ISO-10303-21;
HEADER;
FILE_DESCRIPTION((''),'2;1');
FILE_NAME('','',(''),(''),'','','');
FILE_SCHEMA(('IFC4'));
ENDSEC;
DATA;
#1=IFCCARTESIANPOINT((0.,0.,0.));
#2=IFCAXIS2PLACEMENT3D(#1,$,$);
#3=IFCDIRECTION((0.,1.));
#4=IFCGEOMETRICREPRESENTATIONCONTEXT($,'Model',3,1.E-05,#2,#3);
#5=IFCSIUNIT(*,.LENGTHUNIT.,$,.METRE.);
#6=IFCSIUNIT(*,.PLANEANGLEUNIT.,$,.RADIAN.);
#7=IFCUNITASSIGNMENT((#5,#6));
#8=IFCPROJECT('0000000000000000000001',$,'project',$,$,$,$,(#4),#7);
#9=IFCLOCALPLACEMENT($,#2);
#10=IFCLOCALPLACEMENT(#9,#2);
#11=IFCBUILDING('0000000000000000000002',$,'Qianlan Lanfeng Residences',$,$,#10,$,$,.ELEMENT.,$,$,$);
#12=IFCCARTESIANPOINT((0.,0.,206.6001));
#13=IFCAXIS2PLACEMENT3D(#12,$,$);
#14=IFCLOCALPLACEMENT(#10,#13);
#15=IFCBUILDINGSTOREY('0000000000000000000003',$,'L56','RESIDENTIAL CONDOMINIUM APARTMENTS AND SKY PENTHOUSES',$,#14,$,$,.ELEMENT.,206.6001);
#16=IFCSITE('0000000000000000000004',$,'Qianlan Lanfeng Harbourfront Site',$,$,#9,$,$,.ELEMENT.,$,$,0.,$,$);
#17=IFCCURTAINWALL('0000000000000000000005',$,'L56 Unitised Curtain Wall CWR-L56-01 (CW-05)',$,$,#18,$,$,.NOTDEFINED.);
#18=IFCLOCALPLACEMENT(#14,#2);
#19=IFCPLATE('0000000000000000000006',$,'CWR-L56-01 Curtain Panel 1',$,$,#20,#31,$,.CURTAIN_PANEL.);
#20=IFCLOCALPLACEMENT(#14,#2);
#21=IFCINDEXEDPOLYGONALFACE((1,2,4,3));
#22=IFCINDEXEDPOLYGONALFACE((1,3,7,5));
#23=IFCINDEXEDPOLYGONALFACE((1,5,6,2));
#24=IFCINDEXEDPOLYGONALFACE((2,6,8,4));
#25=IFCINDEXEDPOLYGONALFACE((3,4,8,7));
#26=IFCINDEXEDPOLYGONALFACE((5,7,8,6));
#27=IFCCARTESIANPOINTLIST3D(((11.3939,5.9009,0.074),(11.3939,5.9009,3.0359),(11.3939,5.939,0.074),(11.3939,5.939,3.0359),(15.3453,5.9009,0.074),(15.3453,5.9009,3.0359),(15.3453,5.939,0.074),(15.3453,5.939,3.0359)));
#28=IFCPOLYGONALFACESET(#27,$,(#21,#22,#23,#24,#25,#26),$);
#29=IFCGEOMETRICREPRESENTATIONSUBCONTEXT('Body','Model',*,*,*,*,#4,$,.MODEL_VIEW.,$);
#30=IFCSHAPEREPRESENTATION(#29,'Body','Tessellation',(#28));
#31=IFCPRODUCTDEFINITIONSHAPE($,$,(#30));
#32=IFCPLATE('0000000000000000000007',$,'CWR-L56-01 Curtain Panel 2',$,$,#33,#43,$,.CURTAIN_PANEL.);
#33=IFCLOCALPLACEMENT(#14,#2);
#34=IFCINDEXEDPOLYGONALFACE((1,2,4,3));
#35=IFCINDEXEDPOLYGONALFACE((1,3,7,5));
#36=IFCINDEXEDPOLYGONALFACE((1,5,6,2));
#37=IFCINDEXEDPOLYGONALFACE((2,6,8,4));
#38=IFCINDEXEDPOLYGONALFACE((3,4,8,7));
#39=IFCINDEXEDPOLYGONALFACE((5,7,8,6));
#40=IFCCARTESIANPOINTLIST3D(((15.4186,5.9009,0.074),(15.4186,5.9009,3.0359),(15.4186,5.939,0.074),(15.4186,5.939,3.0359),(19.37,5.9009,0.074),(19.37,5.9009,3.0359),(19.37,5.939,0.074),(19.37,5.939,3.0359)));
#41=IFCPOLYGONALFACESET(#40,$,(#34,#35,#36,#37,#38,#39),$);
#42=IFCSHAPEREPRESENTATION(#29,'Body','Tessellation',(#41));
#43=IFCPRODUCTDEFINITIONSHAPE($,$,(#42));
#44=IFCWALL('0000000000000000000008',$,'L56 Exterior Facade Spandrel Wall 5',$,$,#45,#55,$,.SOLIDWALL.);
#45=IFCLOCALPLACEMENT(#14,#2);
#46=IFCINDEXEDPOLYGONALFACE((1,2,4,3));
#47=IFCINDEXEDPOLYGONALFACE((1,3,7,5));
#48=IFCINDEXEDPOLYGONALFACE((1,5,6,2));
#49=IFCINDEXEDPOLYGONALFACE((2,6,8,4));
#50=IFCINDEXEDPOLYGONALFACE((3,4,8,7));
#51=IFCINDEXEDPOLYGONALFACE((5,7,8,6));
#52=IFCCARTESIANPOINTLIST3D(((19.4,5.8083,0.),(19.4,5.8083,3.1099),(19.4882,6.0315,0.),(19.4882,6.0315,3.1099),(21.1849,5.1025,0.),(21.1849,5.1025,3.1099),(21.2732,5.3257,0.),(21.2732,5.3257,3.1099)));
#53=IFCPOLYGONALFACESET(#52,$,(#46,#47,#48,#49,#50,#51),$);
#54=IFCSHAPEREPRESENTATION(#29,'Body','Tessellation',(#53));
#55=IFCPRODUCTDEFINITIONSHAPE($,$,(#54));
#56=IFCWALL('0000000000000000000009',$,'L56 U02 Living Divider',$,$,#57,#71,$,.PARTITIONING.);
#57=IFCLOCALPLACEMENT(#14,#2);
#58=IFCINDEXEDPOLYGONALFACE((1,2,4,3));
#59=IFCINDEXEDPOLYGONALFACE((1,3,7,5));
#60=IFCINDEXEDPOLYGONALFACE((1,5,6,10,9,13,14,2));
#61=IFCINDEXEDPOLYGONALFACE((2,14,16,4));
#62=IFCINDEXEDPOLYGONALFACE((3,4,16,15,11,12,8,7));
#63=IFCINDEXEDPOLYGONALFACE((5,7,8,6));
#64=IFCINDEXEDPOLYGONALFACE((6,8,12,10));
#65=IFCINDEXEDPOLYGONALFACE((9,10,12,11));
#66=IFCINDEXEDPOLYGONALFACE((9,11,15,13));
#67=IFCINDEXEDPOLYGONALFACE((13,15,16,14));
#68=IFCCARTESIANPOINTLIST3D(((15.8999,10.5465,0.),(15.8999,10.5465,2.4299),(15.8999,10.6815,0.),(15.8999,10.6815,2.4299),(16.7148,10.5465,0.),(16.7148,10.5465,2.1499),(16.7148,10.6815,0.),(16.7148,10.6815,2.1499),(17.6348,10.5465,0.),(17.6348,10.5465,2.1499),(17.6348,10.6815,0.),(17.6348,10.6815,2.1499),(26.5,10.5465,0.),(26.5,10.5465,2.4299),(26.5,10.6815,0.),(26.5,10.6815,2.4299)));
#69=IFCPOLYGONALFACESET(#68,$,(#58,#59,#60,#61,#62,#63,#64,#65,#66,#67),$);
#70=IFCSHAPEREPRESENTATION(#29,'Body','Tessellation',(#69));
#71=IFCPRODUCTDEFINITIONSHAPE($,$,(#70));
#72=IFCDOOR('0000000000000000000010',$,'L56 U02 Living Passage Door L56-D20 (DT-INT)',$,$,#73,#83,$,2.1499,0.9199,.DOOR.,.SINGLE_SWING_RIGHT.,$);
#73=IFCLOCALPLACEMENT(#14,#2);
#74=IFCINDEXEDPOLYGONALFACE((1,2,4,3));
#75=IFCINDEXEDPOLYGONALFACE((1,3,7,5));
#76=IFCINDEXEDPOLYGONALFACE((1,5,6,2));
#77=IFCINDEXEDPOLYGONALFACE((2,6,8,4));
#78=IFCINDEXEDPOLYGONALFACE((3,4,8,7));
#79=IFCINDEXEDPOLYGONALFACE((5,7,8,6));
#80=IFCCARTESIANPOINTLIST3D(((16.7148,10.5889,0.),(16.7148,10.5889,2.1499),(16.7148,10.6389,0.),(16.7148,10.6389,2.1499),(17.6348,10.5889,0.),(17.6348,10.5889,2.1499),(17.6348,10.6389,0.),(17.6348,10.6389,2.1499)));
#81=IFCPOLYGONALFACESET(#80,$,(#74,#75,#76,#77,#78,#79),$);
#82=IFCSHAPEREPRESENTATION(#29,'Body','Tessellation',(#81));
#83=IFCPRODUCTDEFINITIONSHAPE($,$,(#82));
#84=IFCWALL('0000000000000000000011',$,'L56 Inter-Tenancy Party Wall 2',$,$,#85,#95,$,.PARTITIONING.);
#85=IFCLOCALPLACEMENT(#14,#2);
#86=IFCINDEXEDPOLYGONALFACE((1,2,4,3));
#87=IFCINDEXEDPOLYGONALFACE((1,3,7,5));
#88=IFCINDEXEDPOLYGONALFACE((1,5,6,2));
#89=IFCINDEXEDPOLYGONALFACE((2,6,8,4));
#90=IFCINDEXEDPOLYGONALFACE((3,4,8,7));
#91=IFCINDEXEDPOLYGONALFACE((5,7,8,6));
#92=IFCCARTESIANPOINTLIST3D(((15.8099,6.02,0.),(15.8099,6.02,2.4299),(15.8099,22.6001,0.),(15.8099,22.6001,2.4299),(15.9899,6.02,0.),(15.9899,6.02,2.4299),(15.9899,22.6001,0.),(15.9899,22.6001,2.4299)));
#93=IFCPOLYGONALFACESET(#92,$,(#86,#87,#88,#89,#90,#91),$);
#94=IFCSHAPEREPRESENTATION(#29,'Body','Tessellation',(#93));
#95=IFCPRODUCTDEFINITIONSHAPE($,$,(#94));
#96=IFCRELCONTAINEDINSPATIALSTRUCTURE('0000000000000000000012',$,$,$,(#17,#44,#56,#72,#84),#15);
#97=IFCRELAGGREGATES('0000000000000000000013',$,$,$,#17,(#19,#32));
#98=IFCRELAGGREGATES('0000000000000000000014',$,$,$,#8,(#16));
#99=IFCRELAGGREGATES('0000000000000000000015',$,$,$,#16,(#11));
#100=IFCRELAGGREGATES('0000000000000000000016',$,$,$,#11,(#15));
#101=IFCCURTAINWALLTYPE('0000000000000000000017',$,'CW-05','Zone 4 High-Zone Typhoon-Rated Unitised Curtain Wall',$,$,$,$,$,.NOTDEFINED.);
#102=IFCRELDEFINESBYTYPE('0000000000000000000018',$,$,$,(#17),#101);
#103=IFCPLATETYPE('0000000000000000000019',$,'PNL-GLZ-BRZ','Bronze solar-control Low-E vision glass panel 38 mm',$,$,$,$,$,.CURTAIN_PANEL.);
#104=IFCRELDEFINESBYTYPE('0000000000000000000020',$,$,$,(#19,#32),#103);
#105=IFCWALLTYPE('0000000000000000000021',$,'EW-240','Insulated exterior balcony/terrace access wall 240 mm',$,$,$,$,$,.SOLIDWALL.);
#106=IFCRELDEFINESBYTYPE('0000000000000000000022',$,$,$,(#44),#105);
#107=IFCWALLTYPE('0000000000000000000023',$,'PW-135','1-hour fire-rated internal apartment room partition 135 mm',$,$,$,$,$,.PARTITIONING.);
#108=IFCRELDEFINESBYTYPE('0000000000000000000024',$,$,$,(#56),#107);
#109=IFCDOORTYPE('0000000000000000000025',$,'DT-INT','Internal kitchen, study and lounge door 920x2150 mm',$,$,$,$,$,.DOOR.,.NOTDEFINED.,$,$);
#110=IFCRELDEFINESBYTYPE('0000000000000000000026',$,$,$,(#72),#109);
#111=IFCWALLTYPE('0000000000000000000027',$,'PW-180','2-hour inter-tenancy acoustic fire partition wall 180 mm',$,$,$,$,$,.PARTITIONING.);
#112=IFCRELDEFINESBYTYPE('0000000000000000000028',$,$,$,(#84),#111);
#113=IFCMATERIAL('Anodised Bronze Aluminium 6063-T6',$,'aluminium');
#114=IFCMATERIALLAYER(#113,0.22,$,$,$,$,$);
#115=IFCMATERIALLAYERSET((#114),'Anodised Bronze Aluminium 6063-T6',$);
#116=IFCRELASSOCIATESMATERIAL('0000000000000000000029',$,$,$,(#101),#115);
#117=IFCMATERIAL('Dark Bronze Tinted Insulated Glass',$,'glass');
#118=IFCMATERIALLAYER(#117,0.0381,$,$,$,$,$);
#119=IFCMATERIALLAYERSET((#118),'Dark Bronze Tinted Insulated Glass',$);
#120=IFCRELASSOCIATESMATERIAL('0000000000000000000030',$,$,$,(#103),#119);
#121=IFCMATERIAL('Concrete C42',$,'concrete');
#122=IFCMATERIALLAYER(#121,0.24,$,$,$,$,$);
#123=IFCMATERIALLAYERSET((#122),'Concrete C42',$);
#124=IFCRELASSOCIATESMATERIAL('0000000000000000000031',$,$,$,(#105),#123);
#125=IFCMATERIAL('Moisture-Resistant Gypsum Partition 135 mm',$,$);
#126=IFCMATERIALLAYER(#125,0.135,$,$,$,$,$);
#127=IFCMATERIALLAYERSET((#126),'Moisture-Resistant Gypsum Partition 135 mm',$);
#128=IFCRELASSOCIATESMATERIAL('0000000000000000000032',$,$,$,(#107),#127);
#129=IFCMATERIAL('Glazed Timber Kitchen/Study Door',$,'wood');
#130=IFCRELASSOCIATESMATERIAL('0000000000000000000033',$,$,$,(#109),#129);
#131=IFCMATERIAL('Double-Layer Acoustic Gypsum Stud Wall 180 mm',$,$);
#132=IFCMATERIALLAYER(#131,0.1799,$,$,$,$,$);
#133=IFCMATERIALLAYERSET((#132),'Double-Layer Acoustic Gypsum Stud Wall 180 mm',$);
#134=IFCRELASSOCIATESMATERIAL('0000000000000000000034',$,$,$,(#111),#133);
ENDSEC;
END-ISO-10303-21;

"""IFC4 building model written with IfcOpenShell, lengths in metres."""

from ifc_helpers import new_model, si_unit, direction, frame, frame_2d, origin, origin_2d, place, context, subcontext, project, spatial, rectangle, extrude, source, transform, mapped, material, layer, layer_set, type_object, element, fill, aggregate, save


model = new_model("IFC4")

# Units and contexts
model_context = context("Model", 3, precision=1e-05, world=origin(), true_north=direction((0.0, 1.0)))
body_context = subcontext(model_context, "Body", "Model", "MODEL_VIEW")
ifc_project = project(units=[si_unit("LENGTHUNIT", "METRE"), si_unit("PLANEANGLEUNIT", "RADIAN")], contexts=[model_context])

# Site, building, storey
site_placement = place(None, origin())
site = spatial("IfcSite", under=ifc_project, at=site_placement, Name="Qianlan Lanfeng Harbourfront Site", CompositionType="ELEMENT", RefElevation=0.0)
building_placement = place(site_placement, origin())
building = spatial("IfcBuilding", under=site, at=building_placement, Name="Qianlan Lanfeng Residences", CompositionType="ELEMENT")
storey_placement = place(building_placement, frame((0.0, 0.0, 206.6001)))
storey = spatial("IfcBuildingStorey", under=building, at=storey_placement, Name="L56", Description="RESIDENTIAL CONDOMINIUM APARTMENTS AND SKY PENTHOUSES", CompositionType="ELEMENT", Elevation=206.6001)

# Curtain wall, plates
ifc_material_1 = material(Name="Anodised Bronze Aluminium 6063-T6", Category="aluminium")
ifc_layer_1 = layer(ifc_material_1, 0.22)
ifc_layer_set_1 = layer_set([ifc_layer_1], Name="Anodised Bronze Aluminium 6063-T6")
curtain_wall_type = type_object("IfcCurtainWallType", Name="CW-05", Description="Zone 4 High-Zone Typhoon-Rated Unitised Curtain Wall", PredefinedType="NOTDEFINED", material=ifc_layer_set_1)
curtain_wall_placement = place(storey_placement, origin())
curtain_wall = element("IfcCurtainWall", 1, at=curtain_wall_placement, inside=storey, type_object=curtain_wall_type, Name="L56 Unitised Curtain Wall CWR-L56-01 (CW-05)", PredefinedType="NOTDEFINED")
ifc_material_2 = material(Name="Dark Bronze Tinted Insulated Glass", Category="glass")
ifc_layer_2 = layer(ifc_material_2, 0.0381)
ifc_layer_set_2 = layer_set([ifc_layer_2], Name="Dark Bronze Tinted Insulated Glass")
plate_type = type_object("IfcPlateType", Name="PNL-GLZ-BRZ", Description="Bronze solar-control Low-E vision glass panel 38 mm", PredefinedType="CURTAIN_PANEL", material=ifc_layer_set_2)
shared_shape_1 = source(origin(), body_context, "Body", "SweptSolid", [
    extrude(rectangle(XDim=3.9514, YDim=0.0381, at=origin_2d()), origin(), (0.0, 0.0, 1.0), 2.9619),
])
plate_1_placement = place(storey_placement, frame((13.3696, 5.9199, 0.074), z_axis=(0.0, 0.0, 1.0), x_axis=(1.0, 0.0, 0.0)))
plate_1 = element("IfcPlate", 2, at=plate_1_placement, type_object=plate_type, Name="CWR-L56-01 Curtain Panel 1", PredefinedType="CURTAIN_PANEL", context=body_context, shape_type="MappedRepresentation", body=[
    mapped(shared_shape_1, transform((0.0, 0.0, 0.0), scale=1.0)),
])
plate_2_placement = place(storey_placement, frame((17.3943, 5.9199, 0.074), z_axis=(0.0, 0.0, 1.0), x_axis=(1.0, 0.0, 0.0)))
plate_2 = element("IfcPlate", 3, at=plate_2_placement, type_object=plate_type, Name="CWR-L56-01 Curtain Panel 2", PredefinedType="CURTAIN_PANEL", context=body_context, shape_type="MappedRepresentation", body=[
    mapped(shared_shape_1, transform((0.0, 0.0, 0.0), scale=1.0)),
])
aggregate(curtain_wall, [plate_1, plate_2])

# Wall
ifc_material_3 = material(Name="Concrete C42", Category="concrete")
ifc_layer_3 = layer(ifc_material_3, 0.24)
ifc_layer_set_3 = layer_set([ifc_layer_3], Name="Concrete C42")
wall_type_1 = type_object("IfcWallType", Name="EW-240", Description="Insulated exterior balcony/terrace access wall 240 mm", PredefinedType="SOLIDWALL", material=ifc_layer_set_3)
wall_1_placement = place(storey_placement, frame((19.4441, 5.9199, 0.0), z_axis=(0.0, 0.0, 1.0), x_axis=(0.929934, -0.367725, 0.0)))
element("IfcWall", 4, at=wall_1_placement, inside=storey, type_object=wall_type_1, Name="L56 Exterior Facade Spandrel Wall 5", PredefinedType="SOLIDWALL", context=body_context, shape_type="SweptSolid", body=[
    extrude(rectangle(XDim=1.9194, YDim=0.24, at=frame_2d((0.9597, 0.0))), origin(), (0.0, 0.0, 1.0), 3.1099),
])

# Wall, opening, door
ifc_material_4 = material(Name="Moisture-Resistant Gypsum Partition 135 mm")
ifc_layer_4 = layer(ifc_material_4, 0.135)
ifc_layer_set_4 = layer_set([ifc_layer_4], Name="Moisture-Resistant Gypsum Partition 135 mm")
wall_type_2 = type_object("IfcWallType", Name="PW-135", Description="1-hour fire-rated internal apartment room partition 135 mm", PredefinedType="PARTITIONING", material=ifc_layer_set_4)
wall_2_placement = place(storey_placement, frame((15.8999, 10.614, 0.0), z_axis=(0.0, 0.0, 1.0), x_axis=(1.0, 0.0, 0.0)))
wall_2 = element("IfcWall", 5, at=wall_2_placement, inside=storey, type_object=wall_type_2, Name="L56 U02 Living Divider", PredefinedType="PARTITIONING", context=body_context, shape_type="SweptSolid", body=[
    extrude(rectangle(XDim=10.6001, YDim=0.135, at=frame_2d((5.3, 0.0))), origin(), (0.0, 0.0, 1.0), 2.4299),
])
opening_1_placement = place(wall_2_placement, frame((0.8149, 0.0, 0.0)))
opening_1 = element("IfcOpeningElement", 6, at=opening_1_placement, cuts=wall_2, PredefinedType="OPENING", context=body_context, shape_type="SweptSolid", body=[
    extrude(rectangle(XDim=0.9199, YDim=2.1499, at=frame_2d((0.46, 1.075))), frame((0.0, 0.0776, 0.0), z_axis=(0.0, -1.0, 0.0), x_axis=(1.0, 0.0, 0.0)), (0.0, 0.0, 1.0), 0.155),
])
ifc_material_5 = material(Name="Glazed Timber Kitchen/Study Door", Category="wood")
door_type_1 = type_object("IfcDoorType", Name="DT-INT", Description="Internal kitchen, study and lounge door 920x2150 mm", OperationType="NOTDEFINED", PredefinedType="DOOR", material=ifc_material_5)
door_1_placement = place(opening_1_placement, origin())
door_1 = element("IfcDoor", 7, at=door_1_placement, inside=storey, type_object=door_type_1, Name="L56 U02 Living Passage Door L56-D20 (DT-INT)", OperationType="SINGLE_SWING_RIGHT", OverallHeight=2.1499, OverallWidth=0.9199, PredefinedType="DOOR", context=body_context, shape_type="SweptSolid", body=[
    extrude(rectangle(XDim=0.9199, YDim=2.1499, at=frame_2d((0.46, 1.075))), frame((0.0, 0.0249, 0.0), z_axis=(0.0, -1.0, 0.0), x_axis=(1.0, 0.0, 0.0)), (0.0, 0.0, 1.0), 0.05),
])
fill(opening_1, door_1)

# Wall
ifc_material_6 = material(Name="Double-Layer Acoustic Gypsum Stud Wall 180 mm")
ifc_layer_5 = layer(ifc_material_6, 0.1799)
ifc_layer_set_5 = layer_set([ifc_layer_5], Name="Double-Layer Acoustic Gypsum Stud Wall 180 mm")
wall_type_3 = type_object("IfcWallType", Name="PW-180", Description="2-hour inter-tenancy acoustic fire partition wall 180 mm", PredefinedType="PARTITIONING", material=ifc_layer_set_5)
wall_3_placement = place(storey_placement, frame((15.8999, 6.02, 0.0), z_axis=(0.0, 0.0, 1.0), x_axis=(0.0, 1.0, 0.0)))
element("IfcWall", 8, at=wall_3_placement, inside=storey, type_object=wall_type_3, Name="L56 Inter-Tenancy Party Wall 2", PredefinedType="PARTITIONING", context=body_context, shape_type="SweptSolid", body=[
    extrude(rectangle(XDim=16.5801, YDim=0.1799, at=frame_2d((8.29, 0.0))), origin(), (0.0, 0.0, 1.0), 2.4299),
])

save(model, "model.ifc")
